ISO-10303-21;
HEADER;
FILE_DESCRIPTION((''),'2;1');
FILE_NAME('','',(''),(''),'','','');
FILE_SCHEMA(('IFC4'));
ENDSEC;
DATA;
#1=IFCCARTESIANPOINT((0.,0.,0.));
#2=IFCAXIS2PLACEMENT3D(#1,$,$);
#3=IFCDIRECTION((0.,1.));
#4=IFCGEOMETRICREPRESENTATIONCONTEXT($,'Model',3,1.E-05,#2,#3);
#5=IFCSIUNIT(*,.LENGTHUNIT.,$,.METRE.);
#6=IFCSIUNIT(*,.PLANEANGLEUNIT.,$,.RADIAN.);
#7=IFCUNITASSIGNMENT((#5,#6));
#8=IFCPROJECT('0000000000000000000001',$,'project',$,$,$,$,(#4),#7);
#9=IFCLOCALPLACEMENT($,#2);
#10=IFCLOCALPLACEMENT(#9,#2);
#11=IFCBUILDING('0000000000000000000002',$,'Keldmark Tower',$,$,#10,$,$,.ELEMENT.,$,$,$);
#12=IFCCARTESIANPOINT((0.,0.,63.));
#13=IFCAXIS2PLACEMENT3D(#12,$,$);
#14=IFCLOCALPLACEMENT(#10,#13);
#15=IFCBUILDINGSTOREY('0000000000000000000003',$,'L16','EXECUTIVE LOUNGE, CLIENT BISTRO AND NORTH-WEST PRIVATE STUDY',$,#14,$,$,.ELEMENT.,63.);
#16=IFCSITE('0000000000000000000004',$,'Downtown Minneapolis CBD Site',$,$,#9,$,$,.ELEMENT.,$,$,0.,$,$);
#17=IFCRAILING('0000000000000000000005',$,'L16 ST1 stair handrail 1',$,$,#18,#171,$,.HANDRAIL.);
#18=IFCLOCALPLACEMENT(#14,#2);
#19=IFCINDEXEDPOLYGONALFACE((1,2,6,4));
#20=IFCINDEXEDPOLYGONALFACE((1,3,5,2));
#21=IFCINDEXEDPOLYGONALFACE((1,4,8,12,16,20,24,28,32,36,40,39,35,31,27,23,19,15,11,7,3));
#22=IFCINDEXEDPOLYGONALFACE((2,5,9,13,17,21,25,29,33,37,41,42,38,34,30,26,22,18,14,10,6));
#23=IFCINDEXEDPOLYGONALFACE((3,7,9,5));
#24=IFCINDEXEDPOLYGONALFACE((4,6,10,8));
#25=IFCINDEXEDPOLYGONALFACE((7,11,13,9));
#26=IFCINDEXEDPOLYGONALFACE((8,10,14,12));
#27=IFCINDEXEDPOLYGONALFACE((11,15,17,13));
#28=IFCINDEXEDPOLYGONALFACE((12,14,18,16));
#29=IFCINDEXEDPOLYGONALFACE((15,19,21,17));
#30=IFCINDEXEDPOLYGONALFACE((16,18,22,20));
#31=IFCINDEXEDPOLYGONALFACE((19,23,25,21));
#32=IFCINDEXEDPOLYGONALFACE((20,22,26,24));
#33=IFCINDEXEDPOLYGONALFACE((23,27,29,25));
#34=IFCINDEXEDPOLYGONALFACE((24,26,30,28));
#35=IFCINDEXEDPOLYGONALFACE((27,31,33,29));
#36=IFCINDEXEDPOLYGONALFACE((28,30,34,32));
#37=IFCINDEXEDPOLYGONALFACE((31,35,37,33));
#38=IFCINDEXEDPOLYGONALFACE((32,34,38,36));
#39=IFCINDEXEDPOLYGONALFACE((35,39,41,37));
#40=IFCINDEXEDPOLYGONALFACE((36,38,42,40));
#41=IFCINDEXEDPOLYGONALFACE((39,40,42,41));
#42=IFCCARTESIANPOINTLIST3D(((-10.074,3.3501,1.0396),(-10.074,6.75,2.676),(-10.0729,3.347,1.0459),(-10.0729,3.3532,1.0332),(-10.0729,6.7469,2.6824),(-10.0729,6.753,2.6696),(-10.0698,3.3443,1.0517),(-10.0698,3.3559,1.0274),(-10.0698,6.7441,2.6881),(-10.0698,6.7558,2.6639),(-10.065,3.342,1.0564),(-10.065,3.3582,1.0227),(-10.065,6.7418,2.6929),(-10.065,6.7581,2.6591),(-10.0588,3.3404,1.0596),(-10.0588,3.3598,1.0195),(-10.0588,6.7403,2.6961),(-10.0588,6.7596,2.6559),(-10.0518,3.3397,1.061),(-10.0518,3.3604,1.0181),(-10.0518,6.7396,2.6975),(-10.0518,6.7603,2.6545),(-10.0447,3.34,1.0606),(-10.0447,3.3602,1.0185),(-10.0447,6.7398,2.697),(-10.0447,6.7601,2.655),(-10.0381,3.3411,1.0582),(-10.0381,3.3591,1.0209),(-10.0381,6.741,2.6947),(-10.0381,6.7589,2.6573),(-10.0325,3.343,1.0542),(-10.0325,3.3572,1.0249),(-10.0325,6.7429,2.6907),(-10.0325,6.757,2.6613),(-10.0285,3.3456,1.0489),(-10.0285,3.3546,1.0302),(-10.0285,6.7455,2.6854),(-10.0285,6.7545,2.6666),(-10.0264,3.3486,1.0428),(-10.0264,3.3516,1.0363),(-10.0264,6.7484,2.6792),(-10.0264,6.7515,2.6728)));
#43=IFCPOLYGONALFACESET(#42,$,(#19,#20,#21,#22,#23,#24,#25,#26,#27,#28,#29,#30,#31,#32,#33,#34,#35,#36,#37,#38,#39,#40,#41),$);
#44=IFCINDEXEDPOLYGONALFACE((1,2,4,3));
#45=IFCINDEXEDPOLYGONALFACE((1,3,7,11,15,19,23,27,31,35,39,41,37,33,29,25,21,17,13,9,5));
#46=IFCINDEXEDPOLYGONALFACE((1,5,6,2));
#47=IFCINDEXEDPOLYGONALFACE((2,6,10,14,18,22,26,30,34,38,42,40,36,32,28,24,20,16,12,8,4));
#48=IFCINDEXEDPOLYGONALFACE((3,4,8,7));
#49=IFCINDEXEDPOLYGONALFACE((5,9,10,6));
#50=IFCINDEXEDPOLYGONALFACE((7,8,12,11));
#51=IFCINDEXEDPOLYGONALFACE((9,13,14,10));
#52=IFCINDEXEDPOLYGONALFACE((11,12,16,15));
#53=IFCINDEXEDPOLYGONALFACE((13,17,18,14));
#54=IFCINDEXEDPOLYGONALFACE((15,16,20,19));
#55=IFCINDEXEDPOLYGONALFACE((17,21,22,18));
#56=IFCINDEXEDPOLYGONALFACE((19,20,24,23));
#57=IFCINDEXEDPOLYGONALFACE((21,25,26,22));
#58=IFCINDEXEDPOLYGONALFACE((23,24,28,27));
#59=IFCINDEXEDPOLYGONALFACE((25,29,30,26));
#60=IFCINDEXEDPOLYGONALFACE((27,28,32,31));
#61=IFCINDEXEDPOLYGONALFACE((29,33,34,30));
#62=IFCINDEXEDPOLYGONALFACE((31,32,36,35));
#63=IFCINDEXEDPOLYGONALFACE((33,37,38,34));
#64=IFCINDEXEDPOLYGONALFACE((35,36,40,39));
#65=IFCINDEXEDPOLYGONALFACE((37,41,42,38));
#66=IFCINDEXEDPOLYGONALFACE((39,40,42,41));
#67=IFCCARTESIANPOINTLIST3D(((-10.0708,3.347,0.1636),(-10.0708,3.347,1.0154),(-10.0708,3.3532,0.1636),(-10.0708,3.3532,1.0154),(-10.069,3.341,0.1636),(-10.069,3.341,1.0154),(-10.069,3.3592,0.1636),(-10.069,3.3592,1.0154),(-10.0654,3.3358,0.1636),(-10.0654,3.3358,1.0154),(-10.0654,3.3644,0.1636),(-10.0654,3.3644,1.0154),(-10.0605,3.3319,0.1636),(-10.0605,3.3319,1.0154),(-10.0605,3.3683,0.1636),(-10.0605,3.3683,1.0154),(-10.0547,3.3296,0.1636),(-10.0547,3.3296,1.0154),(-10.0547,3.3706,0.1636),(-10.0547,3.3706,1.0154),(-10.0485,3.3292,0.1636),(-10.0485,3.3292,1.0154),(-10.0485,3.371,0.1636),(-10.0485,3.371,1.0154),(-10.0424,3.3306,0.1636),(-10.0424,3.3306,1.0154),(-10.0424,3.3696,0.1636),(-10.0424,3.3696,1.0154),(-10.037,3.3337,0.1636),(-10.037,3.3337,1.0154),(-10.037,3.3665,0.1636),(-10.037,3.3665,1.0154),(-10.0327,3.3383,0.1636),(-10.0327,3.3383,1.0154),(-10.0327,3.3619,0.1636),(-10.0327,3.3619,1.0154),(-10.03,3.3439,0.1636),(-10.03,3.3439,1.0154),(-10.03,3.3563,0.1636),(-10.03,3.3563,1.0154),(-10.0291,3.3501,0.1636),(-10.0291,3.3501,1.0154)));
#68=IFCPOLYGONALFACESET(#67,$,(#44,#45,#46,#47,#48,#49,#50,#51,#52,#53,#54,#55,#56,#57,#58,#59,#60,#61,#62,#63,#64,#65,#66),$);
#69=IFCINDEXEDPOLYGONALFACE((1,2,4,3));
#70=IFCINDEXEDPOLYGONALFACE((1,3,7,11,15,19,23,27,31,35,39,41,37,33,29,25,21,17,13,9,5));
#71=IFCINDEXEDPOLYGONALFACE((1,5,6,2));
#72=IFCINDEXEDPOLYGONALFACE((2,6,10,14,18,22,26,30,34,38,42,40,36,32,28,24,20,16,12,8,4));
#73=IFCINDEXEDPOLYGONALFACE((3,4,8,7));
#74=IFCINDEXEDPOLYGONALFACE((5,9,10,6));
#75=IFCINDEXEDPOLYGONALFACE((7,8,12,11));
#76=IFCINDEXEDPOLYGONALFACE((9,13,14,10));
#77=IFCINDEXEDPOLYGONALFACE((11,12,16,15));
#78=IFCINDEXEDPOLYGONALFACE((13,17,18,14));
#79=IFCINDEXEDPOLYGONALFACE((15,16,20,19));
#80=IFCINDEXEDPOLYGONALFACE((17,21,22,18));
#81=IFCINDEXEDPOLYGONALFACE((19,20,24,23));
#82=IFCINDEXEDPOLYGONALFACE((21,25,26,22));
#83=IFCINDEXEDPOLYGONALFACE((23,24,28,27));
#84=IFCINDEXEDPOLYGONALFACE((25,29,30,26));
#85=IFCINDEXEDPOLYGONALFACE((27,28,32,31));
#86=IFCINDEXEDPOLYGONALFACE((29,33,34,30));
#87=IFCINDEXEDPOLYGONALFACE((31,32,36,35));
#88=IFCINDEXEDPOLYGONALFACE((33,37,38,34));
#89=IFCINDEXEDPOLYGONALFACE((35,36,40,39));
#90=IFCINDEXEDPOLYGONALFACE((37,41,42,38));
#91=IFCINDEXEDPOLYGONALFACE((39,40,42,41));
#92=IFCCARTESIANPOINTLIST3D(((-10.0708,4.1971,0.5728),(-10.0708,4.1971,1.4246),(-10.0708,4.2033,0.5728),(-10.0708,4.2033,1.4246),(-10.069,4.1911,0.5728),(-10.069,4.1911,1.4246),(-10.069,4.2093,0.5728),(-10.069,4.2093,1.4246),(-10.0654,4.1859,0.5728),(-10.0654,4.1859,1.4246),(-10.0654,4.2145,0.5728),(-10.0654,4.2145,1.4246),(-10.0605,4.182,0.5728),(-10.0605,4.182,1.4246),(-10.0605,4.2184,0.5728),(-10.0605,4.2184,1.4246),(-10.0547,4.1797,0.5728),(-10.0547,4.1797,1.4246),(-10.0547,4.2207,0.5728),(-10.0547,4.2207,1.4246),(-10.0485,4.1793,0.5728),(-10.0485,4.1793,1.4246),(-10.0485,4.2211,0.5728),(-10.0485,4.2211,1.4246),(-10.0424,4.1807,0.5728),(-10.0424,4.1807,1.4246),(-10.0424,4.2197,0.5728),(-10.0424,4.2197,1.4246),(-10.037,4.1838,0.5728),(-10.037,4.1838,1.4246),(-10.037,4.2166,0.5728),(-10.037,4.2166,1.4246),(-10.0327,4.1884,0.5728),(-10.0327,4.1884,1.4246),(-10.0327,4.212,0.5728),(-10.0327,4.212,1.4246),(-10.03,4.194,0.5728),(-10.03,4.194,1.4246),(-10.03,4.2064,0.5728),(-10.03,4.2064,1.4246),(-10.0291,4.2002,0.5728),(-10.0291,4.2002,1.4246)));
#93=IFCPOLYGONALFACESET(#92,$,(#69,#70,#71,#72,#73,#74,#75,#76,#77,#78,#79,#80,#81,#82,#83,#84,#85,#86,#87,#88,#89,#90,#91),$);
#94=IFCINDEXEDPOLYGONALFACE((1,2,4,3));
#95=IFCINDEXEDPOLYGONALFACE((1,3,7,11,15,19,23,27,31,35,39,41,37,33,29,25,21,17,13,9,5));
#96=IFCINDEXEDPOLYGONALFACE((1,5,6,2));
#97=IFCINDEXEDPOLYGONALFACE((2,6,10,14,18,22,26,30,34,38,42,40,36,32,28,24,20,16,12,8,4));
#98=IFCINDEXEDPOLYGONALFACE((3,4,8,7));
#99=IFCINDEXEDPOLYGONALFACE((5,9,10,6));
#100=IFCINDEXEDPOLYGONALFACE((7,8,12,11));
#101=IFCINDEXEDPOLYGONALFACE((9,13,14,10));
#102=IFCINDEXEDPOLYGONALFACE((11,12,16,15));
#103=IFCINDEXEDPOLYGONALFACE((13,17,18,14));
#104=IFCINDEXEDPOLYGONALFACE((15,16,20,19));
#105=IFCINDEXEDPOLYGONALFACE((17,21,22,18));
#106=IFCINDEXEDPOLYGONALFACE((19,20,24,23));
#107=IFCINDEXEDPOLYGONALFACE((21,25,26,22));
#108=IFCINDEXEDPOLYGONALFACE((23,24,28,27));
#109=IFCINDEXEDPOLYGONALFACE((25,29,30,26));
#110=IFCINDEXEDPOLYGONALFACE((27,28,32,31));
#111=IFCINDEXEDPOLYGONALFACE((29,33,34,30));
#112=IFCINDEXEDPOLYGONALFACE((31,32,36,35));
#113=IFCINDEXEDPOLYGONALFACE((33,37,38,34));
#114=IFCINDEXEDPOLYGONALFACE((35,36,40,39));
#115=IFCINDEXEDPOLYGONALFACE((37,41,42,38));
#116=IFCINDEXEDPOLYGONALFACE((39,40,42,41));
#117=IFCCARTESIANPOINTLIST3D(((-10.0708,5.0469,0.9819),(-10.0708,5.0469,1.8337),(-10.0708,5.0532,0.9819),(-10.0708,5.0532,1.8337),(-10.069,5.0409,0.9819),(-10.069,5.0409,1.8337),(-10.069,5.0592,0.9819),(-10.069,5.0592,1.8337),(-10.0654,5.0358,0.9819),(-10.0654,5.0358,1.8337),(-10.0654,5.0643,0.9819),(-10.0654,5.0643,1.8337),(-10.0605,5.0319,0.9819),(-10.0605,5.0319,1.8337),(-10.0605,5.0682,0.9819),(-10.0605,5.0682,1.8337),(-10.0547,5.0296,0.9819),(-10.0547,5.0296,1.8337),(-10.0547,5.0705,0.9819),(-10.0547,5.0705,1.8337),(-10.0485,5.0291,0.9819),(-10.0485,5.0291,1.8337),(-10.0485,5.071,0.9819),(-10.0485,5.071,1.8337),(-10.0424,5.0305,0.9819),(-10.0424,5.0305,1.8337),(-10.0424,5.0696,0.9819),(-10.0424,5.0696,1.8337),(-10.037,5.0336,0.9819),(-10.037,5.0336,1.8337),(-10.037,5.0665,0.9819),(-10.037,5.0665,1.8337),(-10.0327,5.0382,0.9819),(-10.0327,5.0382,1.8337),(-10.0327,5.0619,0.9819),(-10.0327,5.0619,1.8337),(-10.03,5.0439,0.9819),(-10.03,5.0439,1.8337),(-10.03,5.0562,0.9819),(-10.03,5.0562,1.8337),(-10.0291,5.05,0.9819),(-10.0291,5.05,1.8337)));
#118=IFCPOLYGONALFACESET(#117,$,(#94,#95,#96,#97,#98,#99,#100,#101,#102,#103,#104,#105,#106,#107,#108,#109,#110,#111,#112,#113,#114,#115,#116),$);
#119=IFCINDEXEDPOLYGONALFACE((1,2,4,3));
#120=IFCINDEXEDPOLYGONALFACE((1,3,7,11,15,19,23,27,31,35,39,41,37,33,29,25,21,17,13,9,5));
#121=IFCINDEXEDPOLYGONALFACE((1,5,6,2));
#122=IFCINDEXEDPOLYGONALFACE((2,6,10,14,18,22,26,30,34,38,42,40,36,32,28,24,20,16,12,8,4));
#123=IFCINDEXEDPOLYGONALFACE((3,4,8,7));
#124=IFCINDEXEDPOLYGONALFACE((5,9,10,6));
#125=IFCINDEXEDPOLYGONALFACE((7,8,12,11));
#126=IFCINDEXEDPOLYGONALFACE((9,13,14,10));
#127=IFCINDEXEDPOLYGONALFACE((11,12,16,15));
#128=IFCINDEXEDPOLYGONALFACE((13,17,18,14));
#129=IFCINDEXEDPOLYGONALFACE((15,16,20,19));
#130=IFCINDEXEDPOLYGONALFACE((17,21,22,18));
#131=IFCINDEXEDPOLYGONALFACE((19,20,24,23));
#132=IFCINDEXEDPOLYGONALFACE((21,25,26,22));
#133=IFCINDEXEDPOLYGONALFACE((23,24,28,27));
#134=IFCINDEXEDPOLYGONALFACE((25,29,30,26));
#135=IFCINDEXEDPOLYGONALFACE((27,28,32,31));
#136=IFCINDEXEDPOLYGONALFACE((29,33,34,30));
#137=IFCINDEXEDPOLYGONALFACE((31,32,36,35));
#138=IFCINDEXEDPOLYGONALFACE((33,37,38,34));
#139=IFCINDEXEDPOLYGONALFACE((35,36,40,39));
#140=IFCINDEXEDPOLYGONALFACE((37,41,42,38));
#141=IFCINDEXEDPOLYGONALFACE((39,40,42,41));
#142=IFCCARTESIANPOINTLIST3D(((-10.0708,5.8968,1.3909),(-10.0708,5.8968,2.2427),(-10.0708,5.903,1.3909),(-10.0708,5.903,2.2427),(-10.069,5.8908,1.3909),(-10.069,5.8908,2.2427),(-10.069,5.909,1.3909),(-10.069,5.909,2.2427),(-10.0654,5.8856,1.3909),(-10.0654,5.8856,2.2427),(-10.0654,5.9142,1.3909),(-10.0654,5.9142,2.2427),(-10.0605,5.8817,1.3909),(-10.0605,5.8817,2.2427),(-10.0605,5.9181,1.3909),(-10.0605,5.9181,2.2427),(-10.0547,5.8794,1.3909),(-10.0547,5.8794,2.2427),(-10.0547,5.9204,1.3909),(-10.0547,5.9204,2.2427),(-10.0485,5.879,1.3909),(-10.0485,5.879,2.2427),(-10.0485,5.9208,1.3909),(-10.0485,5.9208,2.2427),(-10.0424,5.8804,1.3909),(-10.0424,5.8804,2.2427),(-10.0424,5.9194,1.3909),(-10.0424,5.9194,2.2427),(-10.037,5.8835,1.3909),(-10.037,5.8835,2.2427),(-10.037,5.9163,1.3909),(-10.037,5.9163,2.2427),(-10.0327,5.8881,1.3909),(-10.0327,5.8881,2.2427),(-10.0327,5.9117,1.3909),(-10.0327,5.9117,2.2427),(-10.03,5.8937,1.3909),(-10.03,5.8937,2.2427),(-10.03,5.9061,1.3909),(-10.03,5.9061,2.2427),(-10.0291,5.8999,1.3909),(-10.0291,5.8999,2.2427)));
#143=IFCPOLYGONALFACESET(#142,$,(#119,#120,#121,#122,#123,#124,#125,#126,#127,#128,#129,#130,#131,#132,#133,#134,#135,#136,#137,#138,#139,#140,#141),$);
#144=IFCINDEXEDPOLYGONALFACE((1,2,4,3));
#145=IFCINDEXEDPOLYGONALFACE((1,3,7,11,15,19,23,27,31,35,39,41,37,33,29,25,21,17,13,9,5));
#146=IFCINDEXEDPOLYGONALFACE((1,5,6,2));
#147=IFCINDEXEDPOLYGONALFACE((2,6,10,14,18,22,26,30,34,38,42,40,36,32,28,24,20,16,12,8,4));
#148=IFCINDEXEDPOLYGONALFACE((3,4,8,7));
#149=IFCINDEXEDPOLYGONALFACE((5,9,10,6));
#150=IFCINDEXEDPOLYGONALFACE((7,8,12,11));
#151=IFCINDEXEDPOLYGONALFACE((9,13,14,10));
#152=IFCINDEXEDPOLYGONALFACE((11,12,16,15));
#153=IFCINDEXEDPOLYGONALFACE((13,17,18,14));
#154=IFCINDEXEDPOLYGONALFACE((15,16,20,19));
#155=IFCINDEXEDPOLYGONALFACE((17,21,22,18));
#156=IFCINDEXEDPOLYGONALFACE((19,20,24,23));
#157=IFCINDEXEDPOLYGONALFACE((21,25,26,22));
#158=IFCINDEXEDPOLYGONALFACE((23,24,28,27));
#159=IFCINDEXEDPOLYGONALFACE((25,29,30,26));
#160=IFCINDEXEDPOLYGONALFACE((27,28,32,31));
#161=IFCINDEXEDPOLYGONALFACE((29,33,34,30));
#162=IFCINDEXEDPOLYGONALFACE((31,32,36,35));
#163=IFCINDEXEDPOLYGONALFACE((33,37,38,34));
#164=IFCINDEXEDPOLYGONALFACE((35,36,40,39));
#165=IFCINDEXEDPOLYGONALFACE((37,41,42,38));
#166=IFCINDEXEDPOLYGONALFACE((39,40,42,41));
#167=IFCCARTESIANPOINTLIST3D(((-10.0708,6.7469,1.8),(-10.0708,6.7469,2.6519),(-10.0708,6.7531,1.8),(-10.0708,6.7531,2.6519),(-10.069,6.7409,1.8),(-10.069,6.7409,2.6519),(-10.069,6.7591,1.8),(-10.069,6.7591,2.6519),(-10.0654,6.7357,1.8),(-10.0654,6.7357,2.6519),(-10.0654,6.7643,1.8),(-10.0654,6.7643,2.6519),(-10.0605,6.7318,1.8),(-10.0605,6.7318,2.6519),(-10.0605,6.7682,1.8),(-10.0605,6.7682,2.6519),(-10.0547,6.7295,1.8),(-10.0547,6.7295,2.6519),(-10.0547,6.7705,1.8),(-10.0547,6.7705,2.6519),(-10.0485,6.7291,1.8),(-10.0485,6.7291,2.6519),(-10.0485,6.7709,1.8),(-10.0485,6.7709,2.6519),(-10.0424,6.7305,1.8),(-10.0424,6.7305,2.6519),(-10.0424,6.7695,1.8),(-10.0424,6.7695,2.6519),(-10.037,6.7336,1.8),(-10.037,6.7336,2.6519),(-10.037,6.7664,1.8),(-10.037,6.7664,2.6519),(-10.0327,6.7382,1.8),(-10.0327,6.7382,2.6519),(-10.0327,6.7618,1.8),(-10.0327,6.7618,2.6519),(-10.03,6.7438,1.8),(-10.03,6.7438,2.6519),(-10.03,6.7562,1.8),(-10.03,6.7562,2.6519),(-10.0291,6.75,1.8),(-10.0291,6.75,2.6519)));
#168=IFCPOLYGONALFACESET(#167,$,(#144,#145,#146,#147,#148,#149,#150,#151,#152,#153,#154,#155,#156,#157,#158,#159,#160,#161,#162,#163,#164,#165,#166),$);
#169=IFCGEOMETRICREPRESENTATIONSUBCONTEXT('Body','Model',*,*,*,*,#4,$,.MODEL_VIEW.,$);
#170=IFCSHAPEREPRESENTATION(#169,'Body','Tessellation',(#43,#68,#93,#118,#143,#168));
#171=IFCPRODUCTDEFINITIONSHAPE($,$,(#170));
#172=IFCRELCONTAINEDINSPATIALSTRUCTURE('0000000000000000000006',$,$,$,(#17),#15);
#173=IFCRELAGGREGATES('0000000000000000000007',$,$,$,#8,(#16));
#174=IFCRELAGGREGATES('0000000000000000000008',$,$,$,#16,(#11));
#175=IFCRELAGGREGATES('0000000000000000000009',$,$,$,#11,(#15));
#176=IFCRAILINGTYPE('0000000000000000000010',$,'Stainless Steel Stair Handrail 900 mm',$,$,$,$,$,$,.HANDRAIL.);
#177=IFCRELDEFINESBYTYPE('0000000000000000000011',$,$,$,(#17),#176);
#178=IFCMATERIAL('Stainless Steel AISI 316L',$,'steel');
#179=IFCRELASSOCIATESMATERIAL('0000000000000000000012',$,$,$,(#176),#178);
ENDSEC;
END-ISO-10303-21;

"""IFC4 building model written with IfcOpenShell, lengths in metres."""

from ifc_helpers import new_model, si_unit, direction, frame, origin, origin_2d, place, context, subcontext, project, spatial, circle, extrude, material, type_object, element, save


model = new_model("IFC4")

# Units and contexts
model_context = context("Model", 3, precision=1e-05, world=origin(), true_north=direction((0.0, 1.0)))
body_context = subcontext(model_context, "Body", "Model", "MODEL_VIEW")
ifc_project = project(units=[si_unit("LENGTHUNIT", "METRE"), si_unit("PLANEANGLEUNIT", "RADIAN")], contexts=[model_context])

# Site, building, storey
site_placement = place(None, origin())
site = spatial("IfcSite", under=ifc_project, at=site_placement, Name="Downtown Minneapolis CBD Site", CompositionType="ELEMENT", RefElevation=0.0)
building_placement = place(site_placement, origin())
building = spatial("IfcBuilding", under=site, at=building_placement, Name="Keldmark Tower", CompositionType="ELEMENT")
storey_placement = place(building_placement, frame((0.0, 0.0, 63.0)))
storey = spatial("IfcBuildingStorey", under=building, at=storey_placement, Name="L16", Description="EXECUTIVE LOUNGE, CLIENT BISTRO AND NORTH-WEST PRIVATE STUDY", CompositionType="ELEMENT", Elevation=63.0)

# Railing
ifc_material_1 = material(Name="Stainless Steel AISI 316L", Category="steel")
railing_type = type_object("IfcRailingType", Name="Stainless Steel Stair Handrail 900 mm", PredefinedType="HANDRAIL", material=ifc_material_1)
railing_placement = place(storey_placement, frame((-10.05, 3.3501, 0.1636)))
element("IfcRailing", 1, at=railing_placement, inside=storey, type_object=railing_type, Name="L16 ST1 stair handrail 1", PredefinedType="HANDRAIL", context=body_context, shape_type="SweptSolid", body=[
    extrude(circle(Radius=0.0239, at=origin_2d()), frame((0.0, 0.0, 0.876), z_axis=(0.0, 0.901055, 0.433705), x_axis=(-1.0, 0.0, 0.0)), (0.0, 0.0, 1.0), 3.7732),
    extrude(circle(Radius=0.021, at=origin_2d()), origin(), (0.0, 0.0, 1.0), 0.8518),
    extrude(circle(Radius=0.021, at=origin_2d()), frame((0.0, 0.8501, 0.4092)), (0.0, 0.0, 1.0), 0.8518),
    extrude(circle(Radius=0.021, at=origin_2d()), frame((0.0, 1.7, 0.8184)), (0.0, 0.0, 1.0), 0.8518),
    extrude(circle(Radius=0.021, at=origin_2d()), frame((0.0, 2.5498, 1.2273)), (0.0, 0.0, 1.0), 0.8518),
    extrude(circle(Radius=0.021, at=origin_2d()), frame((0.0, 3.3999, 1.6365)), (0.0, 0.0, 1.0), 0.8518),
])

save(model, "model.ifc")
